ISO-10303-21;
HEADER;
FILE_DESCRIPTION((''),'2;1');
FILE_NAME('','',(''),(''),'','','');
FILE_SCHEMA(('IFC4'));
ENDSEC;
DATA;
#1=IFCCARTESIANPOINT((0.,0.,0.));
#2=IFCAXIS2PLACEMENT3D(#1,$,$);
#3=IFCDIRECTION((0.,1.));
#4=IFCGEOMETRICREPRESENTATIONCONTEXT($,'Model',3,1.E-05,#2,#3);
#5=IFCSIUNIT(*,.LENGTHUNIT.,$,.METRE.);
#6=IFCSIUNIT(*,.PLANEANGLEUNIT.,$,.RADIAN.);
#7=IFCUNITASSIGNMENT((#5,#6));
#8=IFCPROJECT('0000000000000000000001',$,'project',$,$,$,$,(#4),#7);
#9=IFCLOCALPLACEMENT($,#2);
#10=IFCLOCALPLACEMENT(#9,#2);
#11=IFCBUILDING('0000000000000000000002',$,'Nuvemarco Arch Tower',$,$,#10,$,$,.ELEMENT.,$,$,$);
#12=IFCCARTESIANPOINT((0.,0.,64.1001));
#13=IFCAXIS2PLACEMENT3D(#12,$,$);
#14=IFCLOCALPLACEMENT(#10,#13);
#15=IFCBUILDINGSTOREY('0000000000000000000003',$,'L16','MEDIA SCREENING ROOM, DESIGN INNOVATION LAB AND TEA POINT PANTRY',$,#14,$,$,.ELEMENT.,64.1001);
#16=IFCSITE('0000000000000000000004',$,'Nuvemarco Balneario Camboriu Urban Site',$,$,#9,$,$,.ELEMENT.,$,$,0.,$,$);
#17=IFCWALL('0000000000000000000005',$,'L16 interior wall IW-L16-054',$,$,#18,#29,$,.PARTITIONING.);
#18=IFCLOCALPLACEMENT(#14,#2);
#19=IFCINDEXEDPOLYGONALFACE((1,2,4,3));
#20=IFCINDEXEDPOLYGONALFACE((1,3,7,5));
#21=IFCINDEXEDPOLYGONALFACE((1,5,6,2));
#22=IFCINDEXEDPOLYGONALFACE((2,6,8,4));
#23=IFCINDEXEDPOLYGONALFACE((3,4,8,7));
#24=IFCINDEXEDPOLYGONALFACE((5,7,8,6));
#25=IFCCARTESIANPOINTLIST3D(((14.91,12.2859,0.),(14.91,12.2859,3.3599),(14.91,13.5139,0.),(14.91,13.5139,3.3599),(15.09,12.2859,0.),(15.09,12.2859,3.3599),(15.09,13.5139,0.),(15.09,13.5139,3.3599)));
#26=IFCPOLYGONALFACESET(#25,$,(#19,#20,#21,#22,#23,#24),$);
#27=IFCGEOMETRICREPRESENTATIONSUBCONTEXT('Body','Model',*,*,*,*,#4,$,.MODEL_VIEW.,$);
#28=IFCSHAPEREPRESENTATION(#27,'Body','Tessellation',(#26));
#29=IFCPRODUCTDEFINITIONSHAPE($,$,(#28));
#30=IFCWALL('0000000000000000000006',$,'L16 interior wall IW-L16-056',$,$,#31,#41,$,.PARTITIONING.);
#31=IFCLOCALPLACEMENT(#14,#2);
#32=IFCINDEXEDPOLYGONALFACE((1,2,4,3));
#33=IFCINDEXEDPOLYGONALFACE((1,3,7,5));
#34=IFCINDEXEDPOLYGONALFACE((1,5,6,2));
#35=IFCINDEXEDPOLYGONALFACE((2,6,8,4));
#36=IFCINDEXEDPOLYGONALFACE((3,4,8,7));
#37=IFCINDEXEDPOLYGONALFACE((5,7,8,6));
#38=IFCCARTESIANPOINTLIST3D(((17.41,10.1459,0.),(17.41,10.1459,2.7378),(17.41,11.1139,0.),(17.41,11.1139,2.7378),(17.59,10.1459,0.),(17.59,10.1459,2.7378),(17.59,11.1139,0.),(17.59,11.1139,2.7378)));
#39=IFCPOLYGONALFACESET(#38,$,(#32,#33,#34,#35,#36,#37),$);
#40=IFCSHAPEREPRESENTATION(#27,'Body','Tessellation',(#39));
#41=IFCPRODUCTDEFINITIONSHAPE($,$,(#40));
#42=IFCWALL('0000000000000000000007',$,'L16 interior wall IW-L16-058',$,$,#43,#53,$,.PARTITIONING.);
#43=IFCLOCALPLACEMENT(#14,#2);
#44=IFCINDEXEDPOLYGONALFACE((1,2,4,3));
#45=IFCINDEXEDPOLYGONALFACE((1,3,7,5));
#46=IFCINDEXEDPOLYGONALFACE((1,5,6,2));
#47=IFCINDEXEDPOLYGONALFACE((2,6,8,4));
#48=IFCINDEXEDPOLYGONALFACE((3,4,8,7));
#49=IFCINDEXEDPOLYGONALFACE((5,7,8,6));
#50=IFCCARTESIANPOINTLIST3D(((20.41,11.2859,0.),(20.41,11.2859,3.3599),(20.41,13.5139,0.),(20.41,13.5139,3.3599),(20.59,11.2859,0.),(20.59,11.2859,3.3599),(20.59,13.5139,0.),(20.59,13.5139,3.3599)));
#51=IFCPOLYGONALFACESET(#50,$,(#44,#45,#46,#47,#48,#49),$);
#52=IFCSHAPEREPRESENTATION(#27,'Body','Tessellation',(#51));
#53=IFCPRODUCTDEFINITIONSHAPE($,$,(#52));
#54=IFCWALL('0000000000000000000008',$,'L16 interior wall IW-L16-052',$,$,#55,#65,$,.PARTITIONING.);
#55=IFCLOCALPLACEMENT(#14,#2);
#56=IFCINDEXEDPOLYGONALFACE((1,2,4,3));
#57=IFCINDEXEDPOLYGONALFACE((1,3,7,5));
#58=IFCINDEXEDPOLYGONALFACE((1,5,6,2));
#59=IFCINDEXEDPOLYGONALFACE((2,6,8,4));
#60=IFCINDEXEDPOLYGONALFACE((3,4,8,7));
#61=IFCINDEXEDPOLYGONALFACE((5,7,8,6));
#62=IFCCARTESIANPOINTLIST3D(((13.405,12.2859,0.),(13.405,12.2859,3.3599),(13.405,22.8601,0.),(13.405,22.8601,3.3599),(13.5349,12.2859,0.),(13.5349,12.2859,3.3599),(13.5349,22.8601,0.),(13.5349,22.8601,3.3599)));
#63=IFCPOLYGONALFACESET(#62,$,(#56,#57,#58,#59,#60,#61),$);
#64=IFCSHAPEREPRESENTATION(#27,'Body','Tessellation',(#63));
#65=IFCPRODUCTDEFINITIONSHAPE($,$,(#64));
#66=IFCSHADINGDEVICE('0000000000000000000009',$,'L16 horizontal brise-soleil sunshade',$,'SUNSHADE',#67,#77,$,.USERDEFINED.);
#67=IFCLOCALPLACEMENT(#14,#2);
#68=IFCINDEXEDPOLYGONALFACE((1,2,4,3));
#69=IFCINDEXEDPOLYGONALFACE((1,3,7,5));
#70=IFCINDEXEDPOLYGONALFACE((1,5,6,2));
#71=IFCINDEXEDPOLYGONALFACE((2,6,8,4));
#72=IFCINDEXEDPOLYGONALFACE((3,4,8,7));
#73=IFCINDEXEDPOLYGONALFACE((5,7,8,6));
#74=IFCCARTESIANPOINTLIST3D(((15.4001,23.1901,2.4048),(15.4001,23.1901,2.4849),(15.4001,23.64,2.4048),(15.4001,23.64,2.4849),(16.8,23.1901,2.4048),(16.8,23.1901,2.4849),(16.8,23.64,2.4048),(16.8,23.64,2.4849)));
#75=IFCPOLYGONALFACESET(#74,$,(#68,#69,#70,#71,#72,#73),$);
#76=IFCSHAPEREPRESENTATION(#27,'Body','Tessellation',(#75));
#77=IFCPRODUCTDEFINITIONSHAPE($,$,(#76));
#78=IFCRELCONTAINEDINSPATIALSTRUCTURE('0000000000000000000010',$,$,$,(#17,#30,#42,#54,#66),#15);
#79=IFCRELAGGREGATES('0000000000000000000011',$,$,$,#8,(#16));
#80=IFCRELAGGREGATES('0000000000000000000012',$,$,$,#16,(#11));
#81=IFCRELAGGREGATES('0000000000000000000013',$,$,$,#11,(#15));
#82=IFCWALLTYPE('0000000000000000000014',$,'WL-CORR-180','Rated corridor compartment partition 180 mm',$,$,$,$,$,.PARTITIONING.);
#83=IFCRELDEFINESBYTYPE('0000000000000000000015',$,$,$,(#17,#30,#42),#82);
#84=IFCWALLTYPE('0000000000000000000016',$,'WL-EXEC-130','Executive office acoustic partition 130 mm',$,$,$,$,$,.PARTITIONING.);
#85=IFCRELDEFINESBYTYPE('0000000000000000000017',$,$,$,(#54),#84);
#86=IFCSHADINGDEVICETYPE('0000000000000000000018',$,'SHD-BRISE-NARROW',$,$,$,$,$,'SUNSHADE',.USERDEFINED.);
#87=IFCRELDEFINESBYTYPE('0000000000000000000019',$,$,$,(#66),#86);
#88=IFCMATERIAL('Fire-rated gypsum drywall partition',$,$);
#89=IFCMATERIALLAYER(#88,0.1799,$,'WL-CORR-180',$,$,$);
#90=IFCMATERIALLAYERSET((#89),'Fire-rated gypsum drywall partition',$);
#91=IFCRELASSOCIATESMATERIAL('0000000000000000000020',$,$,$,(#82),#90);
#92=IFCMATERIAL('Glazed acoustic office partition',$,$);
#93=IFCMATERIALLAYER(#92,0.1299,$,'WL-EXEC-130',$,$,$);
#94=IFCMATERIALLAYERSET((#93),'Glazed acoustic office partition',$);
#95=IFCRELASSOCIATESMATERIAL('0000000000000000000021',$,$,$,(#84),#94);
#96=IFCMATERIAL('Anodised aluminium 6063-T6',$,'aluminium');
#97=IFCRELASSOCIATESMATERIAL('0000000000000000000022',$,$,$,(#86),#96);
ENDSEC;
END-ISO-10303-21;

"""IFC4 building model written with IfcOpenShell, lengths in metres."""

from ifc_helpers import new_model, si_unit, direction, frame, frame_2d, origin, origin_2d, place, context, subcontext, project, spatial, rectangle, extrude, source, transform, mapped, material, layer, layer_set, type_object, type_shapes, element, save


model = new_model("IFC4")

# Units and contexts
model_context = context("Model", 3, precision=1e-05, world=origin(), true_north=direction((0.0, 1.0)))
body_context = subcontext(model_context, "Body", "Model", "MODEL_VIEW")
ifc_project = project(units=[si_unit("LENGTHUNIT", "METRE"), si_unit("PLANEANGLEUNIT", "RADIAN")], contexts=[model_context])

# Site, building, storey
site_placement = place(None, origin())
site = spatial("IfcSite", under=ifc_project, at=site_placement, Name="Nuvemarco Balneario Camboriu Urban Site", CompositionType="ELEMENT", RefElevation=0.0)
building_placement = place(site_placement, origin())
building = spatial("IfcBuilding", under=site, at=building_placement, Name="Nuvemarco Arch Tower", CompositionType="ELEMENT")
storey_placement = place(building_placement, frame((0.0, 0.0, 64.1001)))
storey = spatial("IfcBuildingStorey", under=building, at=storey_placement, Name="L16", Description="MEDIA SCREENING ROOM, DESIGN INNOVATION LAB AND TEA POINT PANTRY", CompositionType="ELEMENT", Elevation=64.1001)

# Shared definitions
ifc_material_1 = material(Name="Fire-rated gypsum drywall partition")
ifc_layer_1 = layer(ifc_material_1, 0.1799, Name="WL-CORR-180")
ifc_layer_set_1 = layer_set([ifc_layer_1], Name="Fire-rated gypsum drywall partition")
wall_type_1 = type_object("IfcWallType", Name="WL-CORR-180", Description="Rated corridor compartment partition 180 mm", PredefinedType="PARTITIONING", material=ifc_layer_set_1)

# Walls
wall_1_placement = place(storey_placement, frame((15.0, 12.2859, 0.0), z_axis=(0.0, 0.0, 1.0), x_axis=(0.0, 1.0, 0.0)))
element("IfcWall", 1, at=wall_1_placement, inside=storey, type_object=wall_type_1, Name="L16 interior wall IW-L16-054", PredefinedType="PARTITIONING", context=body_context, shape_type="SweptSolid", body=[
    extrude(rectangle(XDim=1.228, YDim=0.1799, at=frame_2d((0.614, 0.0))), origin(), (0.0, 0.0, 1.0), 3.3599),
])
wall_2_placement = place(storey_placement, frame((17.5, 10.146, 0.0), z_axis=(0.0, 0.0, 1.0), x_axis=(0.0, 1.0, 0.0)))
element("IfcWall", 2, at=wall_2_placement, inside=storey, type_object=wall_type_1, Name="L16 interior wall IW-L16-056", PredefinedType="PARTITIONING", context=body_context, shape_type="SweptSolid", body=[
    extrude(rectangle(XDim=0.968, YDim=0.1799, at=frame_2d((0.4839, 0.0))), origin(), (0.0, 0.0, 1.0), 2.7378),
])
wall_3_placement = place(storey_placement, frame((20.5, 11.2859, 0.0), z_axis=(0.0, 0.0, 1.0), x_axis=(0.0, 1.0, 0.0)))
element("IfcWall", 3, at=wall_3_placement, inside=storey, type_object=wall_type_1, Name="L16 interior wall IW-L16-058", PredefinedType="PARTITIONING", context=body_context, shape_type="SweptSolid", body=[
    extrude(rectangle(XDim=2.228, YDim=0.1799, at=frame_2d((1.114, 0.0))), origin(), (0.0, 0.0, 1.0), 3.3599),
])
ifc_material_2 = material(Name="Glazed acoustic office partition")
ifc_layer_2 = layer(ifc_material_2, 0.1299, Name="WL-EXEC-130")
ifc_layer_set_2 = layer_set([ifc_layer_2], Name="Glazed acoustic office partition")
wall_type_2 = type_object("IfcWallType", Name="WL-EXEC-130", Description="Executive office acoustic partition 130 mm", PredefinedType="PARTITIONING", material=ifc_layer_set_2)
wall_4_placement = place(storey_placement, frame((13.47, 12.2859, 0.0), z_axis=(0.0, 0.0, 1.0), x_axis=(0.0, 1.0, 0.0)))
element("IfcWall", 4, at=wall_4_placement, inside=storey, type_object=wall_type_2, Name="L16 interior wall IW-L16-052", PredefinedType="PARTITIONING", context=body_context, shape_type="SweptSolid", body=[
    extrude(rectangle(XDim=10.5742, YDim=0.1299, at=frame_2d((5.2871, 0.0))), origin(), (0.0, 0.0, 1.0), 3.3599),
])

# Shading device
ifc_material_3 = material(Name="Anodised aluminium 6063-T6", Category="aluminium")
shading_device_type = type_object("IfcShadingDeviceType", Name="SHD-BRISE-NARROW", ElementType="SUNSHADE", PredefinedType="USERDEFINED", material=ifc_material_3)
shared_shape_1 = source(origin(), body_context, "Body", "SweptSolid", [
    extrude(rectangle(XDim=1.3999, YDim=0.45, at=origin_2d()), origin(), (0.0, 0.0, 1.0), 0.0801),
])
type_shapes(shading_device_type, [shared_shape_1])
shading_device_placement = place(storey_placement, frame((16.1001, 23.415, 2.4048), z_axis=(0.0, 0.0, 1.0), x_axis=(1.0, 0.0, 0.0)))
element("IfcShadingDevice", 5, at=shading_device_placement, inside=storey, type_object=shading_device_type, Name="L16 horizontal brise-soleil sunshade", ObjectType="SUNSHADE", PredefinedType="USERDEFINED", context=body_context, shape_type="MappedRepresentation", body=[
    mapped(shared_shape_1, transform((0.0, 0.0, 0.0), scale=1.0)),
])

save(model, "model.ifc")
